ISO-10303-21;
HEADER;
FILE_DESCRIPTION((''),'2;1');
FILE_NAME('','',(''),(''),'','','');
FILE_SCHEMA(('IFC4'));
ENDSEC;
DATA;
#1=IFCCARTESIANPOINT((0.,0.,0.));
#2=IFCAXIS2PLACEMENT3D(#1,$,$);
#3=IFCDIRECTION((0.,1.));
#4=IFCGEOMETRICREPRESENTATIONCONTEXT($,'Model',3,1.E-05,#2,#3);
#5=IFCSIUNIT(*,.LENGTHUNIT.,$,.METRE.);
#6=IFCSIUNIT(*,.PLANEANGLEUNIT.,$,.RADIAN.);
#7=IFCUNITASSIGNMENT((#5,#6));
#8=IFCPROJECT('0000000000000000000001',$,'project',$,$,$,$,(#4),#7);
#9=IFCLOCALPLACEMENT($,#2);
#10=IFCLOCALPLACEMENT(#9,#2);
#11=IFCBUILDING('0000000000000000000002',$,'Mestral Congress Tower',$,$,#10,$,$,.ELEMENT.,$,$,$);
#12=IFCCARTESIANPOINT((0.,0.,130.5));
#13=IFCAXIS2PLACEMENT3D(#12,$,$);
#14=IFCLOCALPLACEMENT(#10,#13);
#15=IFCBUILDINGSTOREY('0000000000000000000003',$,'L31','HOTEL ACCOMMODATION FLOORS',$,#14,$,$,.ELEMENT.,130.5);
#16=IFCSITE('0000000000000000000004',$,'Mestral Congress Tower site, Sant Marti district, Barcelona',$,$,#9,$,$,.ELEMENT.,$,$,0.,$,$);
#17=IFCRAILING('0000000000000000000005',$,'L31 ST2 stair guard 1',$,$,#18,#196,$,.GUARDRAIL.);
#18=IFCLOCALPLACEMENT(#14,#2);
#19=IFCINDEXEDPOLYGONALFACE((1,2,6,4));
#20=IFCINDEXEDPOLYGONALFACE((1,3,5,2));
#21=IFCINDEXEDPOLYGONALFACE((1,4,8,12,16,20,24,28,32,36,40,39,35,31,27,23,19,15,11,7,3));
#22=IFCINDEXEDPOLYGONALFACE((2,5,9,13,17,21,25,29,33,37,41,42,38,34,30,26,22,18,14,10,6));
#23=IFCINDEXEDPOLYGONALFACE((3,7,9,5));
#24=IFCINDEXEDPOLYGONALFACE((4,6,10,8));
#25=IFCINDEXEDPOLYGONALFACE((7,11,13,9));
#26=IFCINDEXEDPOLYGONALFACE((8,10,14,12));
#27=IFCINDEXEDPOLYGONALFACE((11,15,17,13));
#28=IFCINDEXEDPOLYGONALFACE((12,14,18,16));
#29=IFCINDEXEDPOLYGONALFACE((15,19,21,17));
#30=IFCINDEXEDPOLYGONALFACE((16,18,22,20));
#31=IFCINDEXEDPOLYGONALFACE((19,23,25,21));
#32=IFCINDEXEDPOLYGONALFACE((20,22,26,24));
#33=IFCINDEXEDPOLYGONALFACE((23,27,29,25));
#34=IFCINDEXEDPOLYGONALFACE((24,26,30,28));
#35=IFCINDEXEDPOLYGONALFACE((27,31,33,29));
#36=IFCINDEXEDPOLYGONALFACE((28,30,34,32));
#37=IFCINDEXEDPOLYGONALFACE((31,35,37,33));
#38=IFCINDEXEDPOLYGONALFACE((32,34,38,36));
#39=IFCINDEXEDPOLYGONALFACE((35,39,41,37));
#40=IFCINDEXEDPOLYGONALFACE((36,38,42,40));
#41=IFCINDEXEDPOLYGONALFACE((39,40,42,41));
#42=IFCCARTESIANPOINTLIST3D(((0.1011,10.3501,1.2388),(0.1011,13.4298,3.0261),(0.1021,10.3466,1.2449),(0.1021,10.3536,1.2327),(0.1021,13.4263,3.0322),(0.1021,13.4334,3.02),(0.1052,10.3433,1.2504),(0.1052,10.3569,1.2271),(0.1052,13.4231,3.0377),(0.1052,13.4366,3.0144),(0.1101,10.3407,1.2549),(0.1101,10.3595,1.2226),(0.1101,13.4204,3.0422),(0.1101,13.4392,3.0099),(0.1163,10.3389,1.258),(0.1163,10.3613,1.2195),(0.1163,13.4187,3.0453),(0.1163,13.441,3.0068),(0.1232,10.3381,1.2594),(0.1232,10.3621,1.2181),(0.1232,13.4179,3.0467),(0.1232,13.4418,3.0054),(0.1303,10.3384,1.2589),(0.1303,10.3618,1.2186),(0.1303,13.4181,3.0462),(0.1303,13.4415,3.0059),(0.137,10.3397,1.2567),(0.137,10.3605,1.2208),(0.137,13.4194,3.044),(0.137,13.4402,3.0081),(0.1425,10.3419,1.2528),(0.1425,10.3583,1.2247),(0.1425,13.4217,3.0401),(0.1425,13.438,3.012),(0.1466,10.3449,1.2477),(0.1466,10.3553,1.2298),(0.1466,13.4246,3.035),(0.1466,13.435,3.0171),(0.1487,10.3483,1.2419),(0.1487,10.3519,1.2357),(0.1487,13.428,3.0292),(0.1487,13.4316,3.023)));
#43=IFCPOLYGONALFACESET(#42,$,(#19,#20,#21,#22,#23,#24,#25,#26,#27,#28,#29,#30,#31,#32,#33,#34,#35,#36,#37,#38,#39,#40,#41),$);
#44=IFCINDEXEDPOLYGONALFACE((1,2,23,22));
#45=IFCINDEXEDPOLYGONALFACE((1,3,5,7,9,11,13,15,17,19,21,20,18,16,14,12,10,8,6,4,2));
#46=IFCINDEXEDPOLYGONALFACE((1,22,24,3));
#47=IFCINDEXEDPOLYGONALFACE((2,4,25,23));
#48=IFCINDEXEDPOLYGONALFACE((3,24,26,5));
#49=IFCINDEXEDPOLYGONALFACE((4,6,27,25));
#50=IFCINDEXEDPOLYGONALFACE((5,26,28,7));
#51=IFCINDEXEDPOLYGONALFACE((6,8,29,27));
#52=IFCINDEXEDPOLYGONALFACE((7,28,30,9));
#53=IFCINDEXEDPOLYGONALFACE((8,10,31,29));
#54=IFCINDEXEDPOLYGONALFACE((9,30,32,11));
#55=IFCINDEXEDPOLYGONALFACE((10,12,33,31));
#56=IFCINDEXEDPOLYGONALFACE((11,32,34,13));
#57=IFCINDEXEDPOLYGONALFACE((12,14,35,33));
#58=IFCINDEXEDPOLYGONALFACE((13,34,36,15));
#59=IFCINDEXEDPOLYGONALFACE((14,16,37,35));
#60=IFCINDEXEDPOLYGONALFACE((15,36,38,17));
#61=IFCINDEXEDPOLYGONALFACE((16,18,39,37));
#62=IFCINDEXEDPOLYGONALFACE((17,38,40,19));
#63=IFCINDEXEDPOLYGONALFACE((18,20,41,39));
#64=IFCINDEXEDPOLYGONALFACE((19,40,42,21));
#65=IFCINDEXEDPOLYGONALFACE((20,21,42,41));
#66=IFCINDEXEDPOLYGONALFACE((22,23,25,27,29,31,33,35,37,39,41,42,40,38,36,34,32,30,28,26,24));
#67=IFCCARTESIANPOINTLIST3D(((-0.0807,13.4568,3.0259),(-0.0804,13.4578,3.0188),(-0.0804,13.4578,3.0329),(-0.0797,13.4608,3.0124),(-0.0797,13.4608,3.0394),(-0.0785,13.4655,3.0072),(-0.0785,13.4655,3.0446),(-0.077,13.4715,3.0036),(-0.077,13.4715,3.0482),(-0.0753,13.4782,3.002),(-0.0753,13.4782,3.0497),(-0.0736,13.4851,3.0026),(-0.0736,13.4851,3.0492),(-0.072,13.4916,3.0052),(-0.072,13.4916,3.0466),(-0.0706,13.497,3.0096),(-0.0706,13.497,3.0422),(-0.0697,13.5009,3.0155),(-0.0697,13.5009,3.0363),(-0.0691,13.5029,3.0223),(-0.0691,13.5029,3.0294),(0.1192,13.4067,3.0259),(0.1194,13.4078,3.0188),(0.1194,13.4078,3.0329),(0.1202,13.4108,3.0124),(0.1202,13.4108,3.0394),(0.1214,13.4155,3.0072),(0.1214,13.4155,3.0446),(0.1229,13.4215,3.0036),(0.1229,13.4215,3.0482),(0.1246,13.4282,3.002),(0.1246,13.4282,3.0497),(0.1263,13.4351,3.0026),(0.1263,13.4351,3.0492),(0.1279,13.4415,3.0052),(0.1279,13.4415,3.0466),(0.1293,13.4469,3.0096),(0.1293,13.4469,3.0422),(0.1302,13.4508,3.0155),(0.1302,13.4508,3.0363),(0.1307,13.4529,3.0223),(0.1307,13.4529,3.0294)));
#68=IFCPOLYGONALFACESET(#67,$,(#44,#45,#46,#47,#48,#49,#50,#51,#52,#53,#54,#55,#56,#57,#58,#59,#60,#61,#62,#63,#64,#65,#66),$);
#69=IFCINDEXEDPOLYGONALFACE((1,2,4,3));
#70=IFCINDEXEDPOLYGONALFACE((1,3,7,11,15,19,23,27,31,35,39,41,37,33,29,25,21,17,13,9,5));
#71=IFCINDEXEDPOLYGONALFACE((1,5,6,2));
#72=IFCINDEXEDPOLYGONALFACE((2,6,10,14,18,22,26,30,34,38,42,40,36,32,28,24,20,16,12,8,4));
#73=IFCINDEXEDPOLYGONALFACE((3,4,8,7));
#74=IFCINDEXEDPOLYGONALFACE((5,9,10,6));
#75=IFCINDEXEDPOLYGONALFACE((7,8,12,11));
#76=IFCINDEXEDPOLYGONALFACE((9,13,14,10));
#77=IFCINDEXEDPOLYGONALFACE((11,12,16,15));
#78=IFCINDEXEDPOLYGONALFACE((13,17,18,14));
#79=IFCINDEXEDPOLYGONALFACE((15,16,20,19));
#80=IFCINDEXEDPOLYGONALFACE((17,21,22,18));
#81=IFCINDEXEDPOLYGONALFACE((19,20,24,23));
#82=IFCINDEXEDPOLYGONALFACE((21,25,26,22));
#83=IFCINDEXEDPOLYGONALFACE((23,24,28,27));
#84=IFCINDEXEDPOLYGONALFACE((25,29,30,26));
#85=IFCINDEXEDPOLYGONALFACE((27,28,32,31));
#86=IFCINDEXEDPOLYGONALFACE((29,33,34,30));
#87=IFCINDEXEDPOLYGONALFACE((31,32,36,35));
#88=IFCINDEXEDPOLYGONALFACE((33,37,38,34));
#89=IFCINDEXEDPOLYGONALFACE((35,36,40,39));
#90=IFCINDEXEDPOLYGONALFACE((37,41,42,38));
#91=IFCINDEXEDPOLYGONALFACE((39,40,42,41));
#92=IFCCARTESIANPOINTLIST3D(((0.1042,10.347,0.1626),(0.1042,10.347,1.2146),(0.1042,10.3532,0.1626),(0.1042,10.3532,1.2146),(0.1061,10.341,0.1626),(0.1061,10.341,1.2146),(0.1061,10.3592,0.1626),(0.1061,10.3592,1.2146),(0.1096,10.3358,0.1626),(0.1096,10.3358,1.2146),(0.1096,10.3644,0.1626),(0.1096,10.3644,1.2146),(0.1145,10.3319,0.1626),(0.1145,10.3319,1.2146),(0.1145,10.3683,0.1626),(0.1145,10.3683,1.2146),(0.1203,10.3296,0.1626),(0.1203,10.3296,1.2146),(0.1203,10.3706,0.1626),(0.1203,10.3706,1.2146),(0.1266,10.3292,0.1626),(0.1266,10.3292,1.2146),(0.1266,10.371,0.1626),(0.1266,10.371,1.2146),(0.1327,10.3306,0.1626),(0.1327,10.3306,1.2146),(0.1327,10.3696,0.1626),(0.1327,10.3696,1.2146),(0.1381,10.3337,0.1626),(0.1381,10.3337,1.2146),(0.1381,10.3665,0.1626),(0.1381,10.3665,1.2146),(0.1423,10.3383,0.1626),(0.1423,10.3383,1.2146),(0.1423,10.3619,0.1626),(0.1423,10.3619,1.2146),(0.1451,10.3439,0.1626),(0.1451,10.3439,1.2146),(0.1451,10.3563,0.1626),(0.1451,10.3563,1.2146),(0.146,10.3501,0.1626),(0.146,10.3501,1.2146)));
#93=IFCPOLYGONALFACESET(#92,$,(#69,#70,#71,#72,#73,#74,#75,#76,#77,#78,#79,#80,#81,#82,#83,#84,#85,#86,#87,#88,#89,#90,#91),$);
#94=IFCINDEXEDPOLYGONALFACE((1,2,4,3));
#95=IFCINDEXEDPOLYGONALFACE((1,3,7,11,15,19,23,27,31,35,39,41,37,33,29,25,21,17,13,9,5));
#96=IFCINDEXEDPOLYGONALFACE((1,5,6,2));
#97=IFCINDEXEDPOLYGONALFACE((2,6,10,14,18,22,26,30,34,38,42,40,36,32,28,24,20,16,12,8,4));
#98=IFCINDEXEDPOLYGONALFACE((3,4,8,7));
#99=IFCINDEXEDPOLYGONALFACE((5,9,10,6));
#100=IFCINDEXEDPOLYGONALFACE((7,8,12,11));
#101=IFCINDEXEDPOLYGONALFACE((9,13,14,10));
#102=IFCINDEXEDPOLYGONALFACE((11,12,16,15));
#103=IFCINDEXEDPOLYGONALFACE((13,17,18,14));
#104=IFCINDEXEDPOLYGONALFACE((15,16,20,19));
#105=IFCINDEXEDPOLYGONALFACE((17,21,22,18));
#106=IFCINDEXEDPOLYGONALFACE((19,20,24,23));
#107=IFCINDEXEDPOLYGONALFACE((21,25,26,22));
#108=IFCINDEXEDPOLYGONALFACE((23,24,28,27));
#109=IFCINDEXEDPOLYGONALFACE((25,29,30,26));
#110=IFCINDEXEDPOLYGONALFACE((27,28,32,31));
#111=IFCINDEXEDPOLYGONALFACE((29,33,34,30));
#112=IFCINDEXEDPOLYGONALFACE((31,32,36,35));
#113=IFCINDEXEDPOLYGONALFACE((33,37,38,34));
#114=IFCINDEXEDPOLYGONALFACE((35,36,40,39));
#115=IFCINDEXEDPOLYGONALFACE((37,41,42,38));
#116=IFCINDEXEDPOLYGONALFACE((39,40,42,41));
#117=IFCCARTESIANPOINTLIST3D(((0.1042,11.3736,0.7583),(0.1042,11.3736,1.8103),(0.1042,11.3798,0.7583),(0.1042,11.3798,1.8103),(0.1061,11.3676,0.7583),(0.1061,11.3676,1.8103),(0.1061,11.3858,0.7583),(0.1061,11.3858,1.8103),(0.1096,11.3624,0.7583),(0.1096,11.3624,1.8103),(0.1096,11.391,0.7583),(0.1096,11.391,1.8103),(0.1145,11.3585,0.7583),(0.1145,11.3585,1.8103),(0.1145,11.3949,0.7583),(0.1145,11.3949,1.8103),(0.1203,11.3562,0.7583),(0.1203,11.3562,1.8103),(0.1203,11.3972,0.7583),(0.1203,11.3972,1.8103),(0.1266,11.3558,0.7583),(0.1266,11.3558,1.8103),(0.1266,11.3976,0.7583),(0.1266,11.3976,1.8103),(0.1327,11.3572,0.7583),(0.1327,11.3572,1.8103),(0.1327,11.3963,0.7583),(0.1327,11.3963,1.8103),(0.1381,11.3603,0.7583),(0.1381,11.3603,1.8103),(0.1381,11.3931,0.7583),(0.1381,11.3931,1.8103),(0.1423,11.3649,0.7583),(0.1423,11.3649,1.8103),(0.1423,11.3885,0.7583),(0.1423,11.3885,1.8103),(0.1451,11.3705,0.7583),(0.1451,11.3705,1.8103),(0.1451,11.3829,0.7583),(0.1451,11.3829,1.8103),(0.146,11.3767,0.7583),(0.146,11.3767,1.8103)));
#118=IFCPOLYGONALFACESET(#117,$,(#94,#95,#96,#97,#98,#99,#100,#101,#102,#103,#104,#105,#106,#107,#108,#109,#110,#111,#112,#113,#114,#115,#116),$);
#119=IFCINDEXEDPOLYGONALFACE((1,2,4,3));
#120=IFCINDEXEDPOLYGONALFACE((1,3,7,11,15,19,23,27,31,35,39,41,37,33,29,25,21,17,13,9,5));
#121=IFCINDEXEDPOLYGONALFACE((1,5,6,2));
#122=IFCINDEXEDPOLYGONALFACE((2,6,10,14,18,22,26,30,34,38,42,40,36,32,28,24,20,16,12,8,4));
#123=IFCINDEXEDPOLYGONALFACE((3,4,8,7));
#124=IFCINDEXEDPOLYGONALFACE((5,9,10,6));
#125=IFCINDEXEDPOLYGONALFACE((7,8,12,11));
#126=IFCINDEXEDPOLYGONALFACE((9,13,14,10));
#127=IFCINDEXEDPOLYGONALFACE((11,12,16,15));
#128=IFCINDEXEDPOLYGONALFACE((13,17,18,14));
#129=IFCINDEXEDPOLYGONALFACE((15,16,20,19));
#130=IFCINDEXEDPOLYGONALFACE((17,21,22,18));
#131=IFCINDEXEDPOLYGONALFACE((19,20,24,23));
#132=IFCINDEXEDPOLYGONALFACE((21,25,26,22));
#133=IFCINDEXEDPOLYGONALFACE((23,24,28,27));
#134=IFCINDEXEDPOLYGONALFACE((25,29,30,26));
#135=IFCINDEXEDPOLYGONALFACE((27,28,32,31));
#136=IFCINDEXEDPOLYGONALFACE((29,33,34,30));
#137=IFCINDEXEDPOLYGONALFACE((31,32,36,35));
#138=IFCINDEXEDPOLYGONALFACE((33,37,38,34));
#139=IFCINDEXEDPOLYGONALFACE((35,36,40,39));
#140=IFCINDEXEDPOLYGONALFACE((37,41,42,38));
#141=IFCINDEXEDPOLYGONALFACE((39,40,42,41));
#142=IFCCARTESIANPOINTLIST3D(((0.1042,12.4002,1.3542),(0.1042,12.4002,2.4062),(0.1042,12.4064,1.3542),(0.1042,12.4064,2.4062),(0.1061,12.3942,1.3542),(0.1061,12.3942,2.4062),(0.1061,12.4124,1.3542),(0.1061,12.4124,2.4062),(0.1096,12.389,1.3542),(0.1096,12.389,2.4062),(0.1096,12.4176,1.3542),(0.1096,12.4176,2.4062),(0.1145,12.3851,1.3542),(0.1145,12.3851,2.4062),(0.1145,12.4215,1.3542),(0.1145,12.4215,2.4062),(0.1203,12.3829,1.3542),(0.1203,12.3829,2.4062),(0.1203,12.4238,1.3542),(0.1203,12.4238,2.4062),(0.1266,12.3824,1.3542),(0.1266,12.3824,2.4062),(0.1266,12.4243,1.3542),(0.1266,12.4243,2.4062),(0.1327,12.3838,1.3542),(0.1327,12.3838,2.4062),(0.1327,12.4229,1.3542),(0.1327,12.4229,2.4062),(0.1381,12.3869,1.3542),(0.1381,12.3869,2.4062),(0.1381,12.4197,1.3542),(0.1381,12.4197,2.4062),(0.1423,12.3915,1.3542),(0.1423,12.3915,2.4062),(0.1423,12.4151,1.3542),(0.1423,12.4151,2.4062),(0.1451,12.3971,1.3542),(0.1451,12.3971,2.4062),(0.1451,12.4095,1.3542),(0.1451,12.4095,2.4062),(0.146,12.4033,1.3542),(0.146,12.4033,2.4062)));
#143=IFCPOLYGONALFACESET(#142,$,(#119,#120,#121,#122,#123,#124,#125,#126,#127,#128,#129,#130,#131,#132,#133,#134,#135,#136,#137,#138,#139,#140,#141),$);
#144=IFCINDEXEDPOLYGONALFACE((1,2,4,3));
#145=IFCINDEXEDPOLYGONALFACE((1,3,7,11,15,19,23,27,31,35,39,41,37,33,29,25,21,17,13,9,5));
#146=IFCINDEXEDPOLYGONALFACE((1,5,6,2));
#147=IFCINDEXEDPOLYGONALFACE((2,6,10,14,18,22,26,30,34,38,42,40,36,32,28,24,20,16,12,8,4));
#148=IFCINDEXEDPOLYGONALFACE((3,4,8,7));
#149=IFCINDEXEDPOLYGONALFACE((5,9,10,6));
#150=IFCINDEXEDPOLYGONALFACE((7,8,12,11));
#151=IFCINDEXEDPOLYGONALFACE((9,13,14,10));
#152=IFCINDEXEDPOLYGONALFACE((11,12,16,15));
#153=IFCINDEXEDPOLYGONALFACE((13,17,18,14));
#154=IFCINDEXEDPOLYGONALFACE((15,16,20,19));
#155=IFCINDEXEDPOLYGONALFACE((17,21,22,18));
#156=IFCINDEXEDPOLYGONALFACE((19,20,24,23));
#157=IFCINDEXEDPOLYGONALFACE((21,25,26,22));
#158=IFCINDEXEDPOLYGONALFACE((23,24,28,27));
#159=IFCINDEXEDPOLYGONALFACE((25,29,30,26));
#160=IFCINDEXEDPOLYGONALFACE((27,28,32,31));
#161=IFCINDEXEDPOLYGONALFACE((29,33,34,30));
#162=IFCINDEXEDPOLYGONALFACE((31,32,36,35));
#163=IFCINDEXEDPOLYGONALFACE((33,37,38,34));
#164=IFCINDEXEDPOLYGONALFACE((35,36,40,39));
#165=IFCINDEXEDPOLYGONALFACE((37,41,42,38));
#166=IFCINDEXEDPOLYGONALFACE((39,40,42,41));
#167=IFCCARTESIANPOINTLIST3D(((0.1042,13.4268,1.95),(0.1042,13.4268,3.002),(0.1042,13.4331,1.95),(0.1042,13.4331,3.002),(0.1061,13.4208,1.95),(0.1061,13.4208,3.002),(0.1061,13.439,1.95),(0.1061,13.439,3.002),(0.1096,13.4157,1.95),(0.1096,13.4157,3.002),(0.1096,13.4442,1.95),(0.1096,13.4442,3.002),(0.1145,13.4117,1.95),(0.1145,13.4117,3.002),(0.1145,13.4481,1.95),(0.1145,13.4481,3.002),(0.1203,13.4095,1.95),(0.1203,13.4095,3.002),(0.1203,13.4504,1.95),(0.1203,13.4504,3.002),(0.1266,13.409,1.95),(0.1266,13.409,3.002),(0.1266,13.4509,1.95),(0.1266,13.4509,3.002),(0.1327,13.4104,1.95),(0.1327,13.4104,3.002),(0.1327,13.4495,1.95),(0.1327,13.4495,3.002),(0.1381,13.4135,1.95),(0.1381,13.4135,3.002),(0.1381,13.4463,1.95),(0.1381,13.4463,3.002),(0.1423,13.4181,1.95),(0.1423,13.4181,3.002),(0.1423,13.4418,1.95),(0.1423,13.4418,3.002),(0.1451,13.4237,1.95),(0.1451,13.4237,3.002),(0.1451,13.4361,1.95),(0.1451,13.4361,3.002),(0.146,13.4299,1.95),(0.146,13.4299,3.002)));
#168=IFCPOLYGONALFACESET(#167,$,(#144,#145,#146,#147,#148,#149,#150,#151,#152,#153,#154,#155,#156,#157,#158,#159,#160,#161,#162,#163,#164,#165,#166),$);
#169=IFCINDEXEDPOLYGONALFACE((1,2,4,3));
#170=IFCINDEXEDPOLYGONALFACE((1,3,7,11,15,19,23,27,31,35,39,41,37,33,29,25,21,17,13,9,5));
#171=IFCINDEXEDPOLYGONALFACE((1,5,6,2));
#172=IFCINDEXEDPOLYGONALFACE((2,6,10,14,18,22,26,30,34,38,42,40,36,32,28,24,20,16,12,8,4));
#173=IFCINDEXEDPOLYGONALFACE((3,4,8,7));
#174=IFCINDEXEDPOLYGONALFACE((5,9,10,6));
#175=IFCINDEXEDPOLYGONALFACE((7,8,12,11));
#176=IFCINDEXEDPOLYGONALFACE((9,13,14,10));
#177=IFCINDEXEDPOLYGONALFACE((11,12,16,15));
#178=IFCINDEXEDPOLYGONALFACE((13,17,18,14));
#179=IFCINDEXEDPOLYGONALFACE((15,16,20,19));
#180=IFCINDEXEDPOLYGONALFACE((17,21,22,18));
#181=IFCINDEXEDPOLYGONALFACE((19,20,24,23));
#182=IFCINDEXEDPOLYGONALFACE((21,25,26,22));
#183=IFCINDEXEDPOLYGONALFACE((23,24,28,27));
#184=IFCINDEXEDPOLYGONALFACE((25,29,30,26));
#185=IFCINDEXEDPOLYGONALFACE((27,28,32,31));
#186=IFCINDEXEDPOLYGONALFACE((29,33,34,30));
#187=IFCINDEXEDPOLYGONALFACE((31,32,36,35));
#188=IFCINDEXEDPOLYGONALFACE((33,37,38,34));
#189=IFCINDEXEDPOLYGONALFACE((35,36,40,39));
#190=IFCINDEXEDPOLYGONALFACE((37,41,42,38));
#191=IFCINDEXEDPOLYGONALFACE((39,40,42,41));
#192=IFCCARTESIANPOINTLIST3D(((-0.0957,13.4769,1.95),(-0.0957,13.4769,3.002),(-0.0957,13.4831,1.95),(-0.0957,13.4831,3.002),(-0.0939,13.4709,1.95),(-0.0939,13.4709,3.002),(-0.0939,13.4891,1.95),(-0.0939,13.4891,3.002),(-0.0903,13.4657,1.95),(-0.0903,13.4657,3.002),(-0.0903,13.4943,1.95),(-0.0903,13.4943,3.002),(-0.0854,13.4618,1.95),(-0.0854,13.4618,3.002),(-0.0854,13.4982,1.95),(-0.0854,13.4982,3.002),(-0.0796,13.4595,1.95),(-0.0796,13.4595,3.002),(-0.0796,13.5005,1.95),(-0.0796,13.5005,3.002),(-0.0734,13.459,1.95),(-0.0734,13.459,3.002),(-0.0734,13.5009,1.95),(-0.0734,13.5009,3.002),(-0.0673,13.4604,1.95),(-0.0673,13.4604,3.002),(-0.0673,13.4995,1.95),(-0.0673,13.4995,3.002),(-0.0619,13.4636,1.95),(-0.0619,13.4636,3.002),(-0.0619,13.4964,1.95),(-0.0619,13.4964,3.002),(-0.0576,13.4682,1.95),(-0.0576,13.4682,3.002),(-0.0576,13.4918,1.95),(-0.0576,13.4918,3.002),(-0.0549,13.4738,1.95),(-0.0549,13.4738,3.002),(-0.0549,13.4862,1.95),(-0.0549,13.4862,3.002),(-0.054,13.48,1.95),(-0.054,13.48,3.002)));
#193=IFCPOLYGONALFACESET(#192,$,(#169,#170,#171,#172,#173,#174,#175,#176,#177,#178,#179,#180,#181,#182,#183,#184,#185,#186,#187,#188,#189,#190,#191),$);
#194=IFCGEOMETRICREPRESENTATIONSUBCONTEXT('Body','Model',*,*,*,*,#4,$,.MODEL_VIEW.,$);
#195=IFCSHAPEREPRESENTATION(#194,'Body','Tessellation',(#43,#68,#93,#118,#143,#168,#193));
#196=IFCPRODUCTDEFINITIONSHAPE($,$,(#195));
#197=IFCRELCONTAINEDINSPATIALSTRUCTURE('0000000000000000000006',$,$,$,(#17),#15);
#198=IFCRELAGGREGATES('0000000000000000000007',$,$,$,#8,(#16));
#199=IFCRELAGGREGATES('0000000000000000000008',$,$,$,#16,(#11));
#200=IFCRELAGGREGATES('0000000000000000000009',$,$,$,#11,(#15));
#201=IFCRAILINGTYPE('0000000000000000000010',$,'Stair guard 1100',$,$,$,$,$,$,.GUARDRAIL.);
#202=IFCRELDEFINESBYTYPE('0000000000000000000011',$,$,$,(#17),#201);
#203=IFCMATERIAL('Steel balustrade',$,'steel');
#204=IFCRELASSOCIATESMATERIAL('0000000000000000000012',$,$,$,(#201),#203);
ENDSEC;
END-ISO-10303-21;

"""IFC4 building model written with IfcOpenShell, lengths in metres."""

from ifc_helpers import new_model, si_unit, direction, frame, origin, origin_2d, place, context, subcontext, project, spatial, circle, extrude, material, type_object, element, save


model = new_model("IFC4")

# Units and contexts
model_context = context("Model", 3, precision=1e-05, world=origin(), true_north=direction((0.0, 1.0)))
body_context = subcontext(model_context, "Body", "Model", "MODEL_VIEW")
ifc_project = project(units=[si_unit("LENGTHUNIT", "METRE"), si_unit("PLANEANGLEUNIT", "RADIAN")], contexts=[model_context])

# Site, building, storey
site_placement = place(None, origin())
site = spatial("IfcSite", under=ifc_project, at=site_placement, Name="Mestral Congress Tower site, Sant Marti district, Barcelona", CompositionType="ELEMENT", RefElevation=0.0)
building_placement = place(site_placement, origin())
building = spatial("IfcBuilding", under=site, at=building_placement, Name="Mestral Congress Tower", CompositionType="ELEMENT")
storey_placement = place(building_placement, frame((0.0, 0.0, 130.5)))
storey = spatial("IfcBuildingStorey", under=building, at=storey_placement, Name="L31", Description="HOTEL ACCOMMODATION FLOORS", CompositionType="ELEMENT", Elevation=130.5)

# Railing
ifc_material_1 = material(Name="Steel balustrade", Category="steel")
railing_type_1 = type_object("IfcRailingType", Name="Stair guard 1100", PredefinedType="GUARDRAIL", material=ifc_material_1)
railing_1_placement = place(storey_placement, frame((0.125, 10.3501, 0.1626)))
element("IfcRailing", 1, at=railing_1_placement, inside=storey, type_object=railing_type_1, Name="L31 ST2 stair guard 1", PredefinedType="GUARDRAIL", context=body_context, shape_type="SweptSolid", body=[
    extrude(circle(Radius=0.0239, at=origin_2d()), frame((0.0, 0.0, 1.0762), z_axis=(0.0, 0.864903, 0.501939), x_axis=(-1.0, 0.0, 0.0)), (0.0, 0.0, 1.0), 3.5608),
    extrude(circle(Radius=0.0239, at=origin_2d()), frame((0.0, 3.0798, 2.8633), z_axis=(-0.970073, 0.242814, 0.0), x_axis=(-0.242814, -0.970073, 0.0)), (0.0, 0.0, 1.0), 0.2061),
    extrude(circle(Radius=0.021, at=origin_2d()), origin(), (0.0, 0.0, 1.0), 1.052),
    extrude(circle(Radius=0.021, at=origin_2d()), frame((0.0, 1.0266, 0.5957)), (0.0, 0.0, 1.0), 1.052),
    extrude(circle(Radius=0.021, at=origin_2d()), frame((0.0, 2.0532, 1.1917)), (0.0, 0.0, 1.0), 1.052),
    extrude(circle(Radius=0.021, at=origin_2d()), frame((0.0, 3.0798, 1.7874)), (0.0, 0.0, 1.0), 1.052),
    extrude(circle(Radius=0.021, at=origin_2d()), frame((-0.2, 3.1299, 1.7874)), (0.0, 0.0, 1.0), 1.052),
])

save(model, "model.ifc")
